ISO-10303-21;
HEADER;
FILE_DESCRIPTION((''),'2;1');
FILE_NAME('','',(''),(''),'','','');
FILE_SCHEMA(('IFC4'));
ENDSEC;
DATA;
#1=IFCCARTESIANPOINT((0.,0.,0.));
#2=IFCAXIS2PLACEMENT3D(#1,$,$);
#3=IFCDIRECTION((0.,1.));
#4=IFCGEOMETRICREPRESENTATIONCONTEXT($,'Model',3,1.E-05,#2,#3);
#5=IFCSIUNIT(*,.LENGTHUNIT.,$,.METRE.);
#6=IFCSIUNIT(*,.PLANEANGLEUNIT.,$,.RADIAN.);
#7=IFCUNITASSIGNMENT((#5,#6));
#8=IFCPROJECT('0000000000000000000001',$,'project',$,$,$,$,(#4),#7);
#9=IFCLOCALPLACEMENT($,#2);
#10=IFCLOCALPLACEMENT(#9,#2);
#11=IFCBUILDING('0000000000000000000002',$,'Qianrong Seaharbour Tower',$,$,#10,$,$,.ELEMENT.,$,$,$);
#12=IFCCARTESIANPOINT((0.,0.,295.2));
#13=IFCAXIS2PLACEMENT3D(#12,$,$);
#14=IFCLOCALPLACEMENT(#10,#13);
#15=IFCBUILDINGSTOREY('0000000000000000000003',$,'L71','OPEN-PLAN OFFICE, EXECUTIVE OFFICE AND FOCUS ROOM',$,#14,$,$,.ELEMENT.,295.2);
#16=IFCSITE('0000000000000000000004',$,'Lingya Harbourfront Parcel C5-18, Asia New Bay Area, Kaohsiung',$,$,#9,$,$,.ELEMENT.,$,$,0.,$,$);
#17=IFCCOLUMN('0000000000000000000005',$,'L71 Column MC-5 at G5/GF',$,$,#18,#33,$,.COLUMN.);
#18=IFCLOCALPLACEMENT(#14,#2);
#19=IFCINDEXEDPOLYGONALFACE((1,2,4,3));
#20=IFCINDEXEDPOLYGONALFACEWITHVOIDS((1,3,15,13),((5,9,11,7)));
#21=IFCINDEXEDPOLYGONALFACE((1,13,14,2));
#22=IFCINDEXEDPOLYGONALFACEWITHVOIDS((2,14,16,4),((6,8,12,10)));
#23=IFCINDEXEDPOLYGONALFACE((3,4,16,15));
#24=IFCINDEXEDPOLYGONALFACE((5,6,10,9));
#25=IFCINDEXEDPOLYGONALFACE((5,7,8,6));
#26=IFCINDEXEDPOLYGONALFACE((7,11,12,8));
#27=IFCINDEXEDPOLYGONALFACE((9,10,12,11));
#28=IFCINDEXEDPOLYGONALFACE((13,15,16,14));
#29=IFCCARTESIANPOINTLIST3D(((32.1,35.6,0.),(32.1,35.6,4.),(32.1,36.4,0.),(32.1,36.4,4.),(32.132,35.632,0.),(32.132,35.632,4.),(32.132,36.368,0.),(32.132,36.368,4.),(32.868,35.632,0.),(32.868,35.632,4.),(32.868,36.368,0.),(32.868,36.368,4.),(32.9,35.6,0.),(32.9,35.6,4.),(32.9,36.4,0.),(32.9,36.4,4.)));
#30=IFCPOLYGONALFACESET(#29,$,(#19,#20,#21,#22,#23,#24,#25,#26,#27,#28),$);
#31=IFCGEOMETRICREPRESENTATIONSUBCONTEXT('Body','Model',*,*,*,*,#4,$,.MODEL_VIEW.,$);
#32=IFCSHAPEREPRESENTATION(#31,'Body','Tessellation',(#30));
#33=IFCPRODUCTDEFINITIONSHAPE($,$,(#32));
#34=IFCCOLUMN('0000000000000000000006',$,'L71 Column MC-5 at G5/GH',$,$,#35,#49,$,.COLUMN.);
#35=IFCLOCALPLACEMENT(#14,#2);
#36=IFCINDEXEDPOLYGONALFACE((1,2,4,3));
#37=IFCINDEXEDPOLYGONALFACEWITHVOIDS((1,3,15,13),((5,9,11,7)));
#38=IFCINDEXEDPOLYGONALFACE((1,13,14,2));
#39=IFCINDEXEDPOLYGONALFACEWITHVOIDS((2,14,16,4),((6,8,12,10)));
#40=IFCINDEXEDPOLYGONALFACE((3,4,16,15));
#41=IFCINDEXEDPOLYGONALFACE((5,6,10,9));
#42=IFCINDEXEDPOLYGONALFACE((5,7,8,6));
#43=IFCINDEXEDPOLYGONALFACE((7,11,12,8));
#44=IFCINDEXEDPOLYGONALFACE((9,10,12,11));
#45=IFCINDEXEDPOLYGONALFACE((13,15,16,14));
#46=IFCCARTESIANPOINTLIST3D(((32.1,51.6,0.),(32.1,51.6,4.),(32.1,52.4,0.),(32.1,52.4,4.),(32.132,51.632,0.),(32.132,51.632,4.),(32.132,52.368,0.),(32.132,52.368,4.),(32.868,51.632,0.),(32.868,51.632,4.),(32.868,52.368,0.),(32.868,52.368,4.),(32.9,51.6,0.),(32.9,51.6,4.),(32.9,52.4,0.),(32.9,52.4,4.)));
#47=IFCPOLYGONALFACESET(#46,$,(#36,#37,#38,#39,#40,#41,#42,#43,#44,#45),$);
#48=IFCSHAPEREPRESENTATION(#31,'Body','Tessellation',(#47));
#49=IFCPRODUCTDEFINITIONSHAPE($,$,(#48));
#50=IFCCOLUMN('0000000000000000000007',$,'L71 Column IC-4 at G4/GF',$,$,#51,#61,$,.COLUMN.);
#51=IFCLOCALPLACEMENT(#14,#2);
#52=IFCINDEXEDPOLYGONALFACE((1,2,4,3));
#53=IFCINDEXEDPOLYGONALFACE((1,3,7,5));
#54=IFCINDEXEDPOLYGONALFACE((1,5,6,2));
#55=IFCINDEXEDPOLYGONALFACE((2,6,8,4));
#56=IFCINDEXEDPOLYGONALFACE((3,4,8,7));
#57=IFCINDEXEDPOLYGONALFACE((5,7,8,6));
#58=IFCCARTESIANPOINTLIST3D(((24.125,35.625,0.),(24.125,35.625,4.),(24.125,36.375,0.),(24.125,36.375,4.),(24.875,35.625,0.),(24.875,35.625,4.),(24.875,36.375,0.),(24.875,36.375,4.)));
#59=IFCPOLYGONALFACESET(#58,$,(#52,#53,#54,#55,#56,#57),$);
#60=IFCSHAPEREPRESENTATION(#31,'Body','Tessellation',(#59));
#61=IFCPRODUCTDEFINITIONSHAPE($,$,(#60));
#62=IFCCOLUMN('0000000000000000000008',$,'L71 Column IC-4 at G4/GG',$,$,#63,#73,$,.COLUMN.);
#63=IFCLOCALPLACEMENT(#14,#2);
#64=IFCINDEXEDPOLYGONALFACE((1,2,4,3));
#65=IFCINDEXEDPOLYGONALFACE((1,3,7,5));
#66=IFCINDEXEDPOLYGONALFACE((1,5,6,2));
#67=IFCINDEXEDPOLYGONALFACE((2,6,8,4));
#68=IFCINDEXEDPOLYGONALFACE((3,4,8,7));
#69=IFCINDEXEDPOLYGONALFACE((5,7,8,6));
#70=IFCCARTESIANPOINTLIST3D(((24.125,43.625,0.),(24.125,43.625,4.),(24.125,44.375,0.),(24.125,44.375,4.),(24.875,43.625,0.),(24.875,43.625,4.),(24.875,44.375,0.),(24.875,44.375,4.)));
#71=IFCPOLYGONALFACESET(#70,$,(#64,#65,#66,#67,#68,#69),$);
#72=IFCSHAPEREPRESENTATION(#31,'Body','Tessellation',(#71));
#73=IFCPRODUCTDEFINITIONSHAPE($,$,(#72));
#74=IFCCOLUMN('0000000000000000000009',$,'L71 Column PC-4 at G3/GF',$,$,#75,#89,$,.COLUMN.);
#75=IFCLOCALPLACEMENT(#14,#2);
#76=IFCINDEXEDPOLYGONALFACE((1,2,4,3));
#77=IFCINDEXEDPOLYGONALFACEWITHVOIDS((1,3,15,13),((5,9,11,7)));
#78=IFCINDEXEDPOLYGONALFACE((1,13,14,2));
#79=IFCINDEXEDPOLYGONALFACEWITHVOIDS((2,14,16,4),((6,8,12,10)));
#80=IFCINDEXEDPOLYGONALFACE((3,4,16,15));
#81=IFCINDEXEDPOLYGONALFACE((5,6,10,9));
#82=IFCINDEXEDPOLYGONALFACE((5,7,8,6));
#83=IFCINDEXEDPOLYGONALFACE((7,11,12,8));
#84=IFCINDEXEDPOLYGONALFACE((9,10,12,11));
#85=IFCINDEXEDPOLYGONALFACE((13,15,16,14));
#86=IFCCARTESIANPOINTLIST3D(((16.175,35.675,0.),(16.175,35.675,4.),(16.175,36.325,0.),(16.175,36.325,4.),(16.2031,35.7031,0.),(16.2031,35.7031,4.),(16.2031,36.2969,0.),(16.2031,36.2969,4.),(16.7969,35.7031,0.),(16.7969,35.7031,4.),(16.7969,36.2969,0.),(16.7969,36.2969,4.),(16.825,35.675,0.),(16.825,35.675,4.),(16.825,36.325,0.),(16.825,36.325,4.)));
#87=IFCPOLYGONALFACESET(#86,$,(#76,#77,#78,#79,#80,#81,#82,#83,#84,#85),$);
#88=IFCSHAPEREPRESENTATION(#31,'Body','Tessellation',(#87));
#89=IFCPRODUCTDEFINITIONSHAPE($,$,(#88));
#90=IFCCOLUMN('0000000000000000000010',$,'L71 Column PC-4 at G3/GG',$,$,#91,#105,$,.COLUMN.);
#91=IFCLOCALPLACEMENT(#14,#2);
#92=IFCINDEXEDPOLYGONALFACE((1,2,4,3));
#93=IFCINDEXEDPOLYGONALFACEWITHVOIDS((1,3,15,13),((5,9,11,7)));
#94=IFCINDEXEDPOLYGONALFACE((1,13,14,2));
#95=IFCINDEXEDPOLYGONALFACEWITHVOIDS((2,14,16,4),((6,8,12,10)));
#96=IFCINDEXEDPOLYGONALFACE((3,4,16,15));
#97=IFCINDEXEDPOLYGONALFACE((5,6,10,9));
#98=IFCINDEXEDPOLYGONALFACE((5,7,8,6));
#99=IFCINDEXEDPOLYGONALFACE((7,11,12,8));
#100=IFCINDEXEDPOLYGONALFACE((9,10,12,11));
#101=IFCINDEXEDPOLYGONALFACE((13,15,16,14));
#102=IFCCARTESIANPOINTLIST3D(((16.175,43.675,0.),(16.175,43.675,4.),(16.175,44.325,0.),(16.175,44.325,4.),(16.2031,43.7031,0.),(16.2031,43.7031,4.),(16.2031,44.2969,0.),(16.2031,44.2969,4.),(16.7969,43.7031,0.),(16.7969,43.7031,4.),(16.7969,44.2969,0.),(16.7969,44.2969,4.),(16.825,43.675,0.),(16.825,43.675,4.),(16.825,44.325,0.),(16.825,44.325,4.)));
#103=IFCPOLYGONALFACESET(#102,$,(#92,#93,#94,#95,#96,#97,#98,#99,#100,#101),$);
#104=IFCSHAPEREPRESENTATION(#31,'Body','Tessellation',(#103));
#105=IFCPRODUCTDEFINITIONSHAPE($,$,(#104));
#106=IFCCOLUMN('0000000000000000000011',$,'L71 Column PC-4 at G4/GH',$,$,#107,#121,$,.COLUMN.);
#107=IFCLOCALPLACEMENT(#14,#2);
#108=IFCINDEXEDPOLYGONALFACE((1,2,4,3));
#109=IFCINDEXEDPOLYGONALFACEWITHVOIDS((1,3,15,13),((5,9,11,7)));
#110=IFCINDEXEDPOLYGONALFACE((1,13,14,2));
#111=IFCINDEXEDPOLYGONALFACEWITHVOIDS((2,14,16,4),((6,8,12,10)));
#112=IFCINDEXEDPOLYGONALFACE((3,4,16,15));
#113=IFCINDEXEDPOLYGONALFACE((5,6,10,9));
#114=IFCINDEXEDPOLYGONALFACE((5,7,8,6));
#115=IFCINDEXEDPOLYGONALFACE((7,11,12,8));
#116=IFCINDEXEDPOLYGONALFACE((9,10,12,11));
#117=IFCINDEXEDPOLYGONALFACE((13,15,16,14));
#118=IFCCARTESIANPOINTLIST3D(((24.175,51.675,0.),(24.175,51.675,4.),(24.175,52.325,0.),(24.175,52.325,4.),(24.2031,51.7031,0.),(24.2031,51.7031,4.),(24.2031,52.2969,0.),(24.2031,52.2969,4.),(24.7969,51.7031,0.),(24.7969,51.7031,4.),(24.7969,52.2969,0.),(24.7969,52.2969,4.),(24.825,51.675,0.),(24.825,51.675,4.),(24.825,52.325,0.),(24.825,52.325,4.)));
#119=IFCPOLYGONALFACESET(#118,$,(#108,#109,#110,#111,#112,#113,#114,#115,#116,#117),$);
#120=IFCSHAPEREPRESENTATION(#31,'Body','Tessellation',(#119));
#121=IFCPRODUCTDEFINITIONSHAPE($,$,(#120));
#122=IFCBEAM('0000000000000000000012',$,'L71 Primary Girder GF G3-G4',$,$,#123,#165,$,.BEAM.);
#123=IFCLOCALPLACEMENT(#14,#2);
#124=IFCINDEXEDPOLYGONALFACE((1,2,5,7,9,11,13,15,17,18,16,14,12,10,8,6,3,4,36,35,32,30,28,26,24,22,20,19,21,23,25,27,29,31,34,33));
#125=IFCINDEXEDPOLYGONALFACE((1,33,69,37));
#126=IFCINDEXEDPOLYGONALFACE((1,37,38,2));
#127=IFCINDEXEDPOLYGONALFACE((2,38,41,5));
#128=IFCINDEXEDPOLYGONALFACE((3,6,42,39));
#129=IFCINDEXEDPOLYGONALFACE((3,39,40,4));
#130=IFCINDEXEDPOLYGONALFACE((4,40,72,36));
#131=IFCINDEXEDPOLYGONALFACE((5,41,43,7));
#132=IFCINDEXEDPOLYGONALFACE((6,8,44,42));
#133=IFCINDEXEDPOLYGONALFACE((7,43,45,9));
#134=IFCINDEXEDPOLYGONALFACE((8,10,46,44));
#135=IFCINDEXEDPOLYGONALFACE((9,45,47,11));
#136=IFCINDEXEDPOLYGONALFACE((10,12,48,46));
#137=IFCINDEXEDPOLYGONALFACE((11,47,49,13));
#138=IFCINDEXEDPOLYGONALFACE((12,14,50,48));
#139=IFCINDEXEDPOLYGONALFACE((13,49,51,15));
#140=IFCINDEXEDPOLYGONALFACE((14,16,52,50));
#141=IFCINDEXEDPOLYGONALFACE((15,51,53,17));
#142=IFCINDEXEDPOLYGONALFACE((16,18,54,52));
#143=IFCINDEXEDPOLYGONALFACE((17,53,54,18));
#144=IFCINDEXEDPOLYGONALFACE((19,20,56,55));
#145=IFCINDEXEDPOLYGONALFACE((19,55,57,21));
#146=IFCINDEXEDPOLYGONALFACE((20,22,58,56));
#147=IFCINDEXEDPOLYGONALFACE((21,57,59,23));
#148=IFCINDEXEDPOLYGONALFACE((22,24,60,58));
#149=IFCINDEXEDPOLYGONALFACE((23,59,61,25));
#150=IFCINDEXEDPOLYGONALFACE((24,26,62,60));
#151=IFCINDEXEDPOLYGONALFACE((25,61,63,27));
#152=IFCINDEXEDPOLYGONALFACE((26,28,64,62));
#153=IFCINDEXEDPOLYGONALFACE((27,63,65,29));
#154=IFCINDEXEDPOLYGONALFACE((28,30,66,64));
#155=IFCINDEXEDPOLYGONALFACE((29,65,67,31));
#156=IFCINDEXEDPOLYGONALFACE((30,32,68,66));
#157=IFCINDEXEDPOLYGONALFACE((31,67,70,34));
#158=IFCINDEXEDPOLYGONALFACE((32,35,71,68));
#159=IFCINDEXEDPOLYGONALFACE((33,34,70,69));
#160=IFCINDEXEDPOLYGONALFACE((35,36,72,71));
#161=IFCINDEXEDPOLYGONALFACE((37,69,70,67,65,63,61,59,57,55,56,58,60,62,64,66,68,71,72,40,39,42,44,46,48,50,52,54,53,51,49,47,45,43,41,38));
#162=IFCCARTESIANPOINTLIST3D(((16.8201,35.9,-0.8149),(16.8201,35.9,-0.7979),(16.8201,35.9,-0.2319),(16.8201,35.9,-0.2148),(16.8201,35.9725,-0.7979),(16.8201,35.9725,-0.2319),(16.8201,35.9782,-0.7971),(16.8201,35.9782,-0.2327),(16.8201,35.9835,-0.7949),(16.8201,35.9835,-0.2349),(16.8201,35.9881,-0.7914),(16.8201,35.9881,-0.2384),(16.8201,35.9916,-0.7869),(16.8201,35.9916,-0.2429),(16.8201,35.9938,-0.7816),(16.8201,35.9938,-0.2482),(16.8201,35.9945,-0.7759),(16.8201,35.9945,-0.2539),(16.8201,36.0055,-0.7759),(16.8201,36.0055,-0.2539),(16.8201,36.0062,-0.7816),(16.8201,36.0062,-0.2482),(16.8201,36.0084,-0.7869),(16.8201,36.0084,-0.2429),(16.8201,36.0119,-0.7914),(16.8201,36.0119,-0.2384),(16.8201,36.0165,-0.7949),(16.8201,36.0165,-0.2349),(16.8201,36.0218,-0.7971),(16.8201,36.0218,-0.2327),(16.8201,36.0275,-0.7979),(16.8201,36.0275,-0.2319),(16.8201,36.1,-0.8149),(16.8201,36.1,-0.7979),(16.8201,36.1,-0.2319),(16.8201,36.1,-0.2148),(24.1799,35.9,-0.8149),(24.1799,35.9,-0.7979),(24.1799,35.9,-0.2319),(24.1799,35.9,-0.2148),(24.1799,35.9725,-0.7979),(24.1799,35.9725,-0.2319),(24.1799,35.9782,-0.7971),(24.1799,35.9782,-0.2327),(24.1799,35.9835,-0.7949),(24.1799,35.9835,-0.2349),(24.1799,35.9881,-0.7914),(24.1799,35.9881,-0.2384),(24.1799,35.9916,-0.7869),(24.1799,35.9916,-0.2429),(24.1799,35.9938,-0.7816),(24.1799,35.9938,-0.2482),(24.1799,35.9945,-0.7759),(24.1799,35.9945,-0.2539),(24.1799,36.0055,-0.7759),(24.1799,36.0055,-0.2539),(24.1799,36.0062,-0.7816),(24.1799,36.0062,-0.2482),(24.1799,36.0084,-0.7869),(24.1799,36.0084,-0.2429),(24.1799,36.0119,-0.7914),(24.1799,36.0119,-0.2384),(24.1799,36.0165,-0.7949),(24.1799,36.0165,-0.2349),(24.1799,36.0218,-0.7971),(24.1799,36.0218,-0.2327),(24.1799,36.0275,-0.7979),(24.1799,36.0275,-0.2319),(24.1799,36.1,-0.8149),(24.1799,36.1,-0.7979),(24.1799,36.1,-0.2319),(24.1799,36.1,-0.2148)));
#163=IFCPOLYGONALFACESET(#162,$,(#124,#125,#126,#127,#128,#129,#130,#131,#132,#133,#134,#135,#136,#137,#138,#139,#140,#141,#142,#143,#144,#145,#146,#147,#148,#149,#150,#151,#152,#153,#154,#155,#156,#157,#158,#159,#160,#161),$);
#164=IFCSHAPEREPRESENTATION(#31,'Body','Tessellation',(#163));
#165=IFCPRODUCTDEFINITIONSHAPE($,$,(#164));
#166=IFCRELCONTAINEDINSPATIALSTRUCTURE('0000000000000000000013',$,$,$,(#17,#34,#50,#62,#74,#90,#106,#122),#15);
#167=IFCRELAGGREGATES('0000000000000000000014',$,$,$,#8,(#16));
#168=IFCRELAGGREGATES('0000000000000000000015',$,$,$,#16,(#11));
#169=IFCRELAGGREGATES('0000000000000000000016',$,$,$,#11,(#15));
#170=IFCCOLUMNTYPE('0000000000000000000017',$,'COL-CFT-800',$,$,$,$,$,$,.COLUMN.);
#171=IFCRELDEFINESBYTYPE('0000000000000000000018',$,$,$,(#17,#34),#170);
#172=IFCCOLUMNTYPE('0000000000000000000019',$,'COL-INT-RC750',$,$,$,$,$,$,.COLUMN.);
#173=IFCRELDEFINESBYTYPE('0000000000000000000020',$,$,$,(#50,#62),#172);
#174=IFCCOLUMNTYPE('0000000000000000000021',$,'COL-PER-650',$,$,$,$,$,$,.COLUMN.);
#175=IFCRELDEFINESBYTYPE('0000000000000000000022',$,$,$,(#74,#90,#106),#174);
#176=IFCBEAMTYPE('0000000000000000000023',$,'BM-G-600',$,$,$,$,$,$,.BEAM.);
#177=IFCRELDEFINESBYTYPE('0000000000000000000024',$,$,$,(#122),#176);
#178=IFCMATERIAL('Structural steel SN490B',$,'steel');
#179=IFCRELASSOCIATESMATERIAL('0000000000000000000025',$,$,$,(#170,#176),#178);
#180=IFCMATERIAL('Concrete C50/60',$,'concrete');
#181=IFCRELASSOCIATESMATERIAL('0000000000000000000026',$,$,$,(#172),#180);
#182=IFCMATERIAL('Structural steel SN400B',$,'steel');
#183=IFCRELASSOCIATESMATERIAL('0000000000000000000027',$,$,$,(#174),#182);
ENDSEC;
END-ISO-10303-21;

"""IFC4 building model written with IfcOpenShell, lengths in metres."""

from ifc_helpers import new_model, si_unit, direction, frame, origin, origin_2d, place, context, subcontext, project, spatial, rectangle, hollow_rectangle, i_section, extrude, material, material_profile, profile_set, type_object, element, save


model = new_model("IFC4")

# Units and contexts
model_context = context("Model", 3, precision=1e-05, world=origin(), true_north=direction((0.0, 1.0)))
body_context = subcontext(model_context, "Body", "Model", "MODEL_VIEW")
ifc_project = project(units=[si_unit("LENGTHUNIT", "METRE"), si_unit("PLANEANGLEUNIT", "RADIAN")], contexts=[model_context])

# Site, building, storey
site_placement = place(None, origin())
site = spatial("IfcSite", under=ifc_project, at=site_placement, Name="Lingya Harbourfront Parcel C5-18, Asia New Bay Area, Kaohsiung", CompositionType="ELEMENT", RefElevation=0.0)
building_placement = place(site_placement, origin())
building = spatial("IfcBuilding", under=site, at=building_placement, Name="Qianrong Seaharbour Tower", CompositionType="ELEMENT")
storey_placement = place(building_placement, frame((0.0, 0.0, 295.2)))
storey = spatial("IfcBuildingStorey", under=building, at=storey_placement, Name="L71", Description="OPEN-PLAN OFFICE, EXECUTIVE OFFICE AND FOCUS ROOM", CompositionType="ELEMENT", Elevation=295.2)

# Columns
ifc_material_1 = material(Name="Structural steel SN490B", Category="steel")
ifc_material_profile_1 = material_profile(ifc_material_1, hollow_rectangle(XDim=0.8, YDim=0.8, WallThickness=0.032, at=origin_2d()), Name="BOX800x800x32")
ifc_profile_set_1 = profile_set([ifc_material_profile_1], Name="Structural steel SN490B")
column_type_1 = type_object("IfcColumnType", Name="COL-CFT-800", PredefinedType="COLUMN", material=ifc_profile_set_1)
for number, where, z_axis, x_axis, name in (
    (1, (32.5, 36.0, 0.0), (0.0, 0.0, 1.0), (1.0, 0.0, 0.0), "L71 Column MC-5 at G5/GF"),
    (2, (32.5, 52.0, 0.0), (0.0, 0.0, 1.0), (1.0, 0.0, 0.0), "L71 Column MC-5 at G5/GH"),
):
    element("IfcColumn", number, at=place(storey_placement, frame(where, z_axis=z_axis, x_axis=x_axis)), inside=storey, type_object=column_type_1, Name=name, PredefinedType="COLUMN", context=body_context, shape_type="SweptSolid", body=[
        extrude(hollow_rectangle(XDim=0.8, YDim=0.8, WallThickness=0.032, at=origin_2d()), origin(), (0.0, 0.0, 1.0), 4.0),
    ])
ifc_material_2 = material(Name="Concrete C50/60", Category="concrete")
ifc_material_profile_2 = material_profile(ifc_material_2, rectangle(XDim=0.75, YDim=0.75, at=origin_2d()), Name="RC750x750")
ifc_profile_set_2 = profile_set([ifc_material_profile_2], Name="Concrete C50/60")
column_type_2 = type_object("IfcColumnType", Name="COL-INT-RC750", PredefinedType="COLUMN", material=ifc_profile_set_2)
for number, where, z_axis, x_axis, name in (
    (3, (24.5, 36.0, 0.0), (0.0, 0.0, 1.0), (1.0, 0.0, 0.0), "L71 Column IC-4 at G4/GF"),
    (4, (24.5, 44.0, 0.0), (0.0, 0.0, 1.0), (1.0, 0.0, 0.0), "L71 Column IC-4 at G4/GG"),
):
    element("IfcColumn", number, at=place(storey_placement, frame(where, z_axis=z_axis, x_axis=x_axis)), inside=storey, type_object=column_type_2, Name=name, PredefinedType="COLUMN", context=body_context, shape_type="SweptSolid", body=[
        extrude(rectangle(XDim=0.75, YDim=0.75, at=origin_2d()), origin(), (0.0, 0.0, 1.0), 4.0),
    ])
ifc_material_3 = material(Name="Structural steel SN400B", Category="steel")
ifc_material_profile_3 = material_profile(ifc_material_3, hollow_rectangle(XDim=0.6499, YDim=0.6499, WallThickness=0.0281, at=origin_2d()), Name="BOX650x650x28")
ifc_profile_set_3 = profile_set([ifc_material_profile_3], Name="Structural steel SN400B")
column_type_3 = type_object("IfcColumnType", Name="COL-PER-650", PredefinedType="COLUMN", material=ifc_profile_set_3)
for number, where, z_axis, x_axis, name in (
    (5, (16.5, 36.0, 0.0), (0.0, 0.0, 1.0), (1.0, 0.0, 0.0), "L71 Column PC-4 at G3/GF"),
    (6, (16.5, 44.0, 0.0), (0.0, 0.0, 1.0), (1.0, 0.0, 0.0), "L71 Column PC-4 at G3/GG"),
    (7, (24.5, 52.0, 0.0), (0.0, 0.0, 1.0), (1.0, 0.0, 0.0), "L71 Column PC-4 at G4/GH"),
):
    element("IfcColumn", number, at=place(storey_placement, frame(where, z_axis=z_axis, x_axis=x_axis)), inside=storey, type_object=column_type_3, Name=name, PredefinedType="COLUMN", context=body_context, shape_type="SweptSolid", body=[
        extrude(hollow_rectangle(XDim=0.6499, YDim=0.6499, WallThickness=0.0281, at=origin_2d()), origin(), (0.0, 0.0, 1.0), 4.0),
    ])

# Beam
ifc_material_profile_4 = material_profile(ifc_material_1, i_section(OverallWidth=0.2, OverallDepth=0.6001, WebThickness=0.011, FlangeThickness=0.0171, FilletRadius=0.022, at=origin_2d()), Name="H600x200x11x17")
ifc_profile_set_4 = profile_set([ifc_material_profile_4], Name="Structural steel SN490B")
beam_type_1 = type_object("IfcBeamType", Name="BM-G-600", PredefinedType="BEAM", material=ifc_profile_set_4)
for number, where, z_axis, x_axis, name in (
    (8, (16.8201, 36.0, -0.5149), (1.0, 0.0, 0.0), (0.0, 1.0, 0.0), "L71 Primary Girder GF G3-G4"),
):
    element("IfcBeam", number, at=place(storey_placement, frame(where, z_axis=z_axis, x_axis=x_axis)), inside=storey, type_object=beam_type_1, Name=name, PredefinedType="BEAM", context=body_context, shape_type="SweptSolid", body=[
        extrude(i_section(OverallWidth=0.2, OverallDepth=0.6001, WebThickness=0.011, FlangeThickness=0.0171, FilletRadius=0.022, at=origin_2d()), origin(), (0.0, 0.0, 1.0), 7.3599),
    ])

save(model, "model.ifc")
